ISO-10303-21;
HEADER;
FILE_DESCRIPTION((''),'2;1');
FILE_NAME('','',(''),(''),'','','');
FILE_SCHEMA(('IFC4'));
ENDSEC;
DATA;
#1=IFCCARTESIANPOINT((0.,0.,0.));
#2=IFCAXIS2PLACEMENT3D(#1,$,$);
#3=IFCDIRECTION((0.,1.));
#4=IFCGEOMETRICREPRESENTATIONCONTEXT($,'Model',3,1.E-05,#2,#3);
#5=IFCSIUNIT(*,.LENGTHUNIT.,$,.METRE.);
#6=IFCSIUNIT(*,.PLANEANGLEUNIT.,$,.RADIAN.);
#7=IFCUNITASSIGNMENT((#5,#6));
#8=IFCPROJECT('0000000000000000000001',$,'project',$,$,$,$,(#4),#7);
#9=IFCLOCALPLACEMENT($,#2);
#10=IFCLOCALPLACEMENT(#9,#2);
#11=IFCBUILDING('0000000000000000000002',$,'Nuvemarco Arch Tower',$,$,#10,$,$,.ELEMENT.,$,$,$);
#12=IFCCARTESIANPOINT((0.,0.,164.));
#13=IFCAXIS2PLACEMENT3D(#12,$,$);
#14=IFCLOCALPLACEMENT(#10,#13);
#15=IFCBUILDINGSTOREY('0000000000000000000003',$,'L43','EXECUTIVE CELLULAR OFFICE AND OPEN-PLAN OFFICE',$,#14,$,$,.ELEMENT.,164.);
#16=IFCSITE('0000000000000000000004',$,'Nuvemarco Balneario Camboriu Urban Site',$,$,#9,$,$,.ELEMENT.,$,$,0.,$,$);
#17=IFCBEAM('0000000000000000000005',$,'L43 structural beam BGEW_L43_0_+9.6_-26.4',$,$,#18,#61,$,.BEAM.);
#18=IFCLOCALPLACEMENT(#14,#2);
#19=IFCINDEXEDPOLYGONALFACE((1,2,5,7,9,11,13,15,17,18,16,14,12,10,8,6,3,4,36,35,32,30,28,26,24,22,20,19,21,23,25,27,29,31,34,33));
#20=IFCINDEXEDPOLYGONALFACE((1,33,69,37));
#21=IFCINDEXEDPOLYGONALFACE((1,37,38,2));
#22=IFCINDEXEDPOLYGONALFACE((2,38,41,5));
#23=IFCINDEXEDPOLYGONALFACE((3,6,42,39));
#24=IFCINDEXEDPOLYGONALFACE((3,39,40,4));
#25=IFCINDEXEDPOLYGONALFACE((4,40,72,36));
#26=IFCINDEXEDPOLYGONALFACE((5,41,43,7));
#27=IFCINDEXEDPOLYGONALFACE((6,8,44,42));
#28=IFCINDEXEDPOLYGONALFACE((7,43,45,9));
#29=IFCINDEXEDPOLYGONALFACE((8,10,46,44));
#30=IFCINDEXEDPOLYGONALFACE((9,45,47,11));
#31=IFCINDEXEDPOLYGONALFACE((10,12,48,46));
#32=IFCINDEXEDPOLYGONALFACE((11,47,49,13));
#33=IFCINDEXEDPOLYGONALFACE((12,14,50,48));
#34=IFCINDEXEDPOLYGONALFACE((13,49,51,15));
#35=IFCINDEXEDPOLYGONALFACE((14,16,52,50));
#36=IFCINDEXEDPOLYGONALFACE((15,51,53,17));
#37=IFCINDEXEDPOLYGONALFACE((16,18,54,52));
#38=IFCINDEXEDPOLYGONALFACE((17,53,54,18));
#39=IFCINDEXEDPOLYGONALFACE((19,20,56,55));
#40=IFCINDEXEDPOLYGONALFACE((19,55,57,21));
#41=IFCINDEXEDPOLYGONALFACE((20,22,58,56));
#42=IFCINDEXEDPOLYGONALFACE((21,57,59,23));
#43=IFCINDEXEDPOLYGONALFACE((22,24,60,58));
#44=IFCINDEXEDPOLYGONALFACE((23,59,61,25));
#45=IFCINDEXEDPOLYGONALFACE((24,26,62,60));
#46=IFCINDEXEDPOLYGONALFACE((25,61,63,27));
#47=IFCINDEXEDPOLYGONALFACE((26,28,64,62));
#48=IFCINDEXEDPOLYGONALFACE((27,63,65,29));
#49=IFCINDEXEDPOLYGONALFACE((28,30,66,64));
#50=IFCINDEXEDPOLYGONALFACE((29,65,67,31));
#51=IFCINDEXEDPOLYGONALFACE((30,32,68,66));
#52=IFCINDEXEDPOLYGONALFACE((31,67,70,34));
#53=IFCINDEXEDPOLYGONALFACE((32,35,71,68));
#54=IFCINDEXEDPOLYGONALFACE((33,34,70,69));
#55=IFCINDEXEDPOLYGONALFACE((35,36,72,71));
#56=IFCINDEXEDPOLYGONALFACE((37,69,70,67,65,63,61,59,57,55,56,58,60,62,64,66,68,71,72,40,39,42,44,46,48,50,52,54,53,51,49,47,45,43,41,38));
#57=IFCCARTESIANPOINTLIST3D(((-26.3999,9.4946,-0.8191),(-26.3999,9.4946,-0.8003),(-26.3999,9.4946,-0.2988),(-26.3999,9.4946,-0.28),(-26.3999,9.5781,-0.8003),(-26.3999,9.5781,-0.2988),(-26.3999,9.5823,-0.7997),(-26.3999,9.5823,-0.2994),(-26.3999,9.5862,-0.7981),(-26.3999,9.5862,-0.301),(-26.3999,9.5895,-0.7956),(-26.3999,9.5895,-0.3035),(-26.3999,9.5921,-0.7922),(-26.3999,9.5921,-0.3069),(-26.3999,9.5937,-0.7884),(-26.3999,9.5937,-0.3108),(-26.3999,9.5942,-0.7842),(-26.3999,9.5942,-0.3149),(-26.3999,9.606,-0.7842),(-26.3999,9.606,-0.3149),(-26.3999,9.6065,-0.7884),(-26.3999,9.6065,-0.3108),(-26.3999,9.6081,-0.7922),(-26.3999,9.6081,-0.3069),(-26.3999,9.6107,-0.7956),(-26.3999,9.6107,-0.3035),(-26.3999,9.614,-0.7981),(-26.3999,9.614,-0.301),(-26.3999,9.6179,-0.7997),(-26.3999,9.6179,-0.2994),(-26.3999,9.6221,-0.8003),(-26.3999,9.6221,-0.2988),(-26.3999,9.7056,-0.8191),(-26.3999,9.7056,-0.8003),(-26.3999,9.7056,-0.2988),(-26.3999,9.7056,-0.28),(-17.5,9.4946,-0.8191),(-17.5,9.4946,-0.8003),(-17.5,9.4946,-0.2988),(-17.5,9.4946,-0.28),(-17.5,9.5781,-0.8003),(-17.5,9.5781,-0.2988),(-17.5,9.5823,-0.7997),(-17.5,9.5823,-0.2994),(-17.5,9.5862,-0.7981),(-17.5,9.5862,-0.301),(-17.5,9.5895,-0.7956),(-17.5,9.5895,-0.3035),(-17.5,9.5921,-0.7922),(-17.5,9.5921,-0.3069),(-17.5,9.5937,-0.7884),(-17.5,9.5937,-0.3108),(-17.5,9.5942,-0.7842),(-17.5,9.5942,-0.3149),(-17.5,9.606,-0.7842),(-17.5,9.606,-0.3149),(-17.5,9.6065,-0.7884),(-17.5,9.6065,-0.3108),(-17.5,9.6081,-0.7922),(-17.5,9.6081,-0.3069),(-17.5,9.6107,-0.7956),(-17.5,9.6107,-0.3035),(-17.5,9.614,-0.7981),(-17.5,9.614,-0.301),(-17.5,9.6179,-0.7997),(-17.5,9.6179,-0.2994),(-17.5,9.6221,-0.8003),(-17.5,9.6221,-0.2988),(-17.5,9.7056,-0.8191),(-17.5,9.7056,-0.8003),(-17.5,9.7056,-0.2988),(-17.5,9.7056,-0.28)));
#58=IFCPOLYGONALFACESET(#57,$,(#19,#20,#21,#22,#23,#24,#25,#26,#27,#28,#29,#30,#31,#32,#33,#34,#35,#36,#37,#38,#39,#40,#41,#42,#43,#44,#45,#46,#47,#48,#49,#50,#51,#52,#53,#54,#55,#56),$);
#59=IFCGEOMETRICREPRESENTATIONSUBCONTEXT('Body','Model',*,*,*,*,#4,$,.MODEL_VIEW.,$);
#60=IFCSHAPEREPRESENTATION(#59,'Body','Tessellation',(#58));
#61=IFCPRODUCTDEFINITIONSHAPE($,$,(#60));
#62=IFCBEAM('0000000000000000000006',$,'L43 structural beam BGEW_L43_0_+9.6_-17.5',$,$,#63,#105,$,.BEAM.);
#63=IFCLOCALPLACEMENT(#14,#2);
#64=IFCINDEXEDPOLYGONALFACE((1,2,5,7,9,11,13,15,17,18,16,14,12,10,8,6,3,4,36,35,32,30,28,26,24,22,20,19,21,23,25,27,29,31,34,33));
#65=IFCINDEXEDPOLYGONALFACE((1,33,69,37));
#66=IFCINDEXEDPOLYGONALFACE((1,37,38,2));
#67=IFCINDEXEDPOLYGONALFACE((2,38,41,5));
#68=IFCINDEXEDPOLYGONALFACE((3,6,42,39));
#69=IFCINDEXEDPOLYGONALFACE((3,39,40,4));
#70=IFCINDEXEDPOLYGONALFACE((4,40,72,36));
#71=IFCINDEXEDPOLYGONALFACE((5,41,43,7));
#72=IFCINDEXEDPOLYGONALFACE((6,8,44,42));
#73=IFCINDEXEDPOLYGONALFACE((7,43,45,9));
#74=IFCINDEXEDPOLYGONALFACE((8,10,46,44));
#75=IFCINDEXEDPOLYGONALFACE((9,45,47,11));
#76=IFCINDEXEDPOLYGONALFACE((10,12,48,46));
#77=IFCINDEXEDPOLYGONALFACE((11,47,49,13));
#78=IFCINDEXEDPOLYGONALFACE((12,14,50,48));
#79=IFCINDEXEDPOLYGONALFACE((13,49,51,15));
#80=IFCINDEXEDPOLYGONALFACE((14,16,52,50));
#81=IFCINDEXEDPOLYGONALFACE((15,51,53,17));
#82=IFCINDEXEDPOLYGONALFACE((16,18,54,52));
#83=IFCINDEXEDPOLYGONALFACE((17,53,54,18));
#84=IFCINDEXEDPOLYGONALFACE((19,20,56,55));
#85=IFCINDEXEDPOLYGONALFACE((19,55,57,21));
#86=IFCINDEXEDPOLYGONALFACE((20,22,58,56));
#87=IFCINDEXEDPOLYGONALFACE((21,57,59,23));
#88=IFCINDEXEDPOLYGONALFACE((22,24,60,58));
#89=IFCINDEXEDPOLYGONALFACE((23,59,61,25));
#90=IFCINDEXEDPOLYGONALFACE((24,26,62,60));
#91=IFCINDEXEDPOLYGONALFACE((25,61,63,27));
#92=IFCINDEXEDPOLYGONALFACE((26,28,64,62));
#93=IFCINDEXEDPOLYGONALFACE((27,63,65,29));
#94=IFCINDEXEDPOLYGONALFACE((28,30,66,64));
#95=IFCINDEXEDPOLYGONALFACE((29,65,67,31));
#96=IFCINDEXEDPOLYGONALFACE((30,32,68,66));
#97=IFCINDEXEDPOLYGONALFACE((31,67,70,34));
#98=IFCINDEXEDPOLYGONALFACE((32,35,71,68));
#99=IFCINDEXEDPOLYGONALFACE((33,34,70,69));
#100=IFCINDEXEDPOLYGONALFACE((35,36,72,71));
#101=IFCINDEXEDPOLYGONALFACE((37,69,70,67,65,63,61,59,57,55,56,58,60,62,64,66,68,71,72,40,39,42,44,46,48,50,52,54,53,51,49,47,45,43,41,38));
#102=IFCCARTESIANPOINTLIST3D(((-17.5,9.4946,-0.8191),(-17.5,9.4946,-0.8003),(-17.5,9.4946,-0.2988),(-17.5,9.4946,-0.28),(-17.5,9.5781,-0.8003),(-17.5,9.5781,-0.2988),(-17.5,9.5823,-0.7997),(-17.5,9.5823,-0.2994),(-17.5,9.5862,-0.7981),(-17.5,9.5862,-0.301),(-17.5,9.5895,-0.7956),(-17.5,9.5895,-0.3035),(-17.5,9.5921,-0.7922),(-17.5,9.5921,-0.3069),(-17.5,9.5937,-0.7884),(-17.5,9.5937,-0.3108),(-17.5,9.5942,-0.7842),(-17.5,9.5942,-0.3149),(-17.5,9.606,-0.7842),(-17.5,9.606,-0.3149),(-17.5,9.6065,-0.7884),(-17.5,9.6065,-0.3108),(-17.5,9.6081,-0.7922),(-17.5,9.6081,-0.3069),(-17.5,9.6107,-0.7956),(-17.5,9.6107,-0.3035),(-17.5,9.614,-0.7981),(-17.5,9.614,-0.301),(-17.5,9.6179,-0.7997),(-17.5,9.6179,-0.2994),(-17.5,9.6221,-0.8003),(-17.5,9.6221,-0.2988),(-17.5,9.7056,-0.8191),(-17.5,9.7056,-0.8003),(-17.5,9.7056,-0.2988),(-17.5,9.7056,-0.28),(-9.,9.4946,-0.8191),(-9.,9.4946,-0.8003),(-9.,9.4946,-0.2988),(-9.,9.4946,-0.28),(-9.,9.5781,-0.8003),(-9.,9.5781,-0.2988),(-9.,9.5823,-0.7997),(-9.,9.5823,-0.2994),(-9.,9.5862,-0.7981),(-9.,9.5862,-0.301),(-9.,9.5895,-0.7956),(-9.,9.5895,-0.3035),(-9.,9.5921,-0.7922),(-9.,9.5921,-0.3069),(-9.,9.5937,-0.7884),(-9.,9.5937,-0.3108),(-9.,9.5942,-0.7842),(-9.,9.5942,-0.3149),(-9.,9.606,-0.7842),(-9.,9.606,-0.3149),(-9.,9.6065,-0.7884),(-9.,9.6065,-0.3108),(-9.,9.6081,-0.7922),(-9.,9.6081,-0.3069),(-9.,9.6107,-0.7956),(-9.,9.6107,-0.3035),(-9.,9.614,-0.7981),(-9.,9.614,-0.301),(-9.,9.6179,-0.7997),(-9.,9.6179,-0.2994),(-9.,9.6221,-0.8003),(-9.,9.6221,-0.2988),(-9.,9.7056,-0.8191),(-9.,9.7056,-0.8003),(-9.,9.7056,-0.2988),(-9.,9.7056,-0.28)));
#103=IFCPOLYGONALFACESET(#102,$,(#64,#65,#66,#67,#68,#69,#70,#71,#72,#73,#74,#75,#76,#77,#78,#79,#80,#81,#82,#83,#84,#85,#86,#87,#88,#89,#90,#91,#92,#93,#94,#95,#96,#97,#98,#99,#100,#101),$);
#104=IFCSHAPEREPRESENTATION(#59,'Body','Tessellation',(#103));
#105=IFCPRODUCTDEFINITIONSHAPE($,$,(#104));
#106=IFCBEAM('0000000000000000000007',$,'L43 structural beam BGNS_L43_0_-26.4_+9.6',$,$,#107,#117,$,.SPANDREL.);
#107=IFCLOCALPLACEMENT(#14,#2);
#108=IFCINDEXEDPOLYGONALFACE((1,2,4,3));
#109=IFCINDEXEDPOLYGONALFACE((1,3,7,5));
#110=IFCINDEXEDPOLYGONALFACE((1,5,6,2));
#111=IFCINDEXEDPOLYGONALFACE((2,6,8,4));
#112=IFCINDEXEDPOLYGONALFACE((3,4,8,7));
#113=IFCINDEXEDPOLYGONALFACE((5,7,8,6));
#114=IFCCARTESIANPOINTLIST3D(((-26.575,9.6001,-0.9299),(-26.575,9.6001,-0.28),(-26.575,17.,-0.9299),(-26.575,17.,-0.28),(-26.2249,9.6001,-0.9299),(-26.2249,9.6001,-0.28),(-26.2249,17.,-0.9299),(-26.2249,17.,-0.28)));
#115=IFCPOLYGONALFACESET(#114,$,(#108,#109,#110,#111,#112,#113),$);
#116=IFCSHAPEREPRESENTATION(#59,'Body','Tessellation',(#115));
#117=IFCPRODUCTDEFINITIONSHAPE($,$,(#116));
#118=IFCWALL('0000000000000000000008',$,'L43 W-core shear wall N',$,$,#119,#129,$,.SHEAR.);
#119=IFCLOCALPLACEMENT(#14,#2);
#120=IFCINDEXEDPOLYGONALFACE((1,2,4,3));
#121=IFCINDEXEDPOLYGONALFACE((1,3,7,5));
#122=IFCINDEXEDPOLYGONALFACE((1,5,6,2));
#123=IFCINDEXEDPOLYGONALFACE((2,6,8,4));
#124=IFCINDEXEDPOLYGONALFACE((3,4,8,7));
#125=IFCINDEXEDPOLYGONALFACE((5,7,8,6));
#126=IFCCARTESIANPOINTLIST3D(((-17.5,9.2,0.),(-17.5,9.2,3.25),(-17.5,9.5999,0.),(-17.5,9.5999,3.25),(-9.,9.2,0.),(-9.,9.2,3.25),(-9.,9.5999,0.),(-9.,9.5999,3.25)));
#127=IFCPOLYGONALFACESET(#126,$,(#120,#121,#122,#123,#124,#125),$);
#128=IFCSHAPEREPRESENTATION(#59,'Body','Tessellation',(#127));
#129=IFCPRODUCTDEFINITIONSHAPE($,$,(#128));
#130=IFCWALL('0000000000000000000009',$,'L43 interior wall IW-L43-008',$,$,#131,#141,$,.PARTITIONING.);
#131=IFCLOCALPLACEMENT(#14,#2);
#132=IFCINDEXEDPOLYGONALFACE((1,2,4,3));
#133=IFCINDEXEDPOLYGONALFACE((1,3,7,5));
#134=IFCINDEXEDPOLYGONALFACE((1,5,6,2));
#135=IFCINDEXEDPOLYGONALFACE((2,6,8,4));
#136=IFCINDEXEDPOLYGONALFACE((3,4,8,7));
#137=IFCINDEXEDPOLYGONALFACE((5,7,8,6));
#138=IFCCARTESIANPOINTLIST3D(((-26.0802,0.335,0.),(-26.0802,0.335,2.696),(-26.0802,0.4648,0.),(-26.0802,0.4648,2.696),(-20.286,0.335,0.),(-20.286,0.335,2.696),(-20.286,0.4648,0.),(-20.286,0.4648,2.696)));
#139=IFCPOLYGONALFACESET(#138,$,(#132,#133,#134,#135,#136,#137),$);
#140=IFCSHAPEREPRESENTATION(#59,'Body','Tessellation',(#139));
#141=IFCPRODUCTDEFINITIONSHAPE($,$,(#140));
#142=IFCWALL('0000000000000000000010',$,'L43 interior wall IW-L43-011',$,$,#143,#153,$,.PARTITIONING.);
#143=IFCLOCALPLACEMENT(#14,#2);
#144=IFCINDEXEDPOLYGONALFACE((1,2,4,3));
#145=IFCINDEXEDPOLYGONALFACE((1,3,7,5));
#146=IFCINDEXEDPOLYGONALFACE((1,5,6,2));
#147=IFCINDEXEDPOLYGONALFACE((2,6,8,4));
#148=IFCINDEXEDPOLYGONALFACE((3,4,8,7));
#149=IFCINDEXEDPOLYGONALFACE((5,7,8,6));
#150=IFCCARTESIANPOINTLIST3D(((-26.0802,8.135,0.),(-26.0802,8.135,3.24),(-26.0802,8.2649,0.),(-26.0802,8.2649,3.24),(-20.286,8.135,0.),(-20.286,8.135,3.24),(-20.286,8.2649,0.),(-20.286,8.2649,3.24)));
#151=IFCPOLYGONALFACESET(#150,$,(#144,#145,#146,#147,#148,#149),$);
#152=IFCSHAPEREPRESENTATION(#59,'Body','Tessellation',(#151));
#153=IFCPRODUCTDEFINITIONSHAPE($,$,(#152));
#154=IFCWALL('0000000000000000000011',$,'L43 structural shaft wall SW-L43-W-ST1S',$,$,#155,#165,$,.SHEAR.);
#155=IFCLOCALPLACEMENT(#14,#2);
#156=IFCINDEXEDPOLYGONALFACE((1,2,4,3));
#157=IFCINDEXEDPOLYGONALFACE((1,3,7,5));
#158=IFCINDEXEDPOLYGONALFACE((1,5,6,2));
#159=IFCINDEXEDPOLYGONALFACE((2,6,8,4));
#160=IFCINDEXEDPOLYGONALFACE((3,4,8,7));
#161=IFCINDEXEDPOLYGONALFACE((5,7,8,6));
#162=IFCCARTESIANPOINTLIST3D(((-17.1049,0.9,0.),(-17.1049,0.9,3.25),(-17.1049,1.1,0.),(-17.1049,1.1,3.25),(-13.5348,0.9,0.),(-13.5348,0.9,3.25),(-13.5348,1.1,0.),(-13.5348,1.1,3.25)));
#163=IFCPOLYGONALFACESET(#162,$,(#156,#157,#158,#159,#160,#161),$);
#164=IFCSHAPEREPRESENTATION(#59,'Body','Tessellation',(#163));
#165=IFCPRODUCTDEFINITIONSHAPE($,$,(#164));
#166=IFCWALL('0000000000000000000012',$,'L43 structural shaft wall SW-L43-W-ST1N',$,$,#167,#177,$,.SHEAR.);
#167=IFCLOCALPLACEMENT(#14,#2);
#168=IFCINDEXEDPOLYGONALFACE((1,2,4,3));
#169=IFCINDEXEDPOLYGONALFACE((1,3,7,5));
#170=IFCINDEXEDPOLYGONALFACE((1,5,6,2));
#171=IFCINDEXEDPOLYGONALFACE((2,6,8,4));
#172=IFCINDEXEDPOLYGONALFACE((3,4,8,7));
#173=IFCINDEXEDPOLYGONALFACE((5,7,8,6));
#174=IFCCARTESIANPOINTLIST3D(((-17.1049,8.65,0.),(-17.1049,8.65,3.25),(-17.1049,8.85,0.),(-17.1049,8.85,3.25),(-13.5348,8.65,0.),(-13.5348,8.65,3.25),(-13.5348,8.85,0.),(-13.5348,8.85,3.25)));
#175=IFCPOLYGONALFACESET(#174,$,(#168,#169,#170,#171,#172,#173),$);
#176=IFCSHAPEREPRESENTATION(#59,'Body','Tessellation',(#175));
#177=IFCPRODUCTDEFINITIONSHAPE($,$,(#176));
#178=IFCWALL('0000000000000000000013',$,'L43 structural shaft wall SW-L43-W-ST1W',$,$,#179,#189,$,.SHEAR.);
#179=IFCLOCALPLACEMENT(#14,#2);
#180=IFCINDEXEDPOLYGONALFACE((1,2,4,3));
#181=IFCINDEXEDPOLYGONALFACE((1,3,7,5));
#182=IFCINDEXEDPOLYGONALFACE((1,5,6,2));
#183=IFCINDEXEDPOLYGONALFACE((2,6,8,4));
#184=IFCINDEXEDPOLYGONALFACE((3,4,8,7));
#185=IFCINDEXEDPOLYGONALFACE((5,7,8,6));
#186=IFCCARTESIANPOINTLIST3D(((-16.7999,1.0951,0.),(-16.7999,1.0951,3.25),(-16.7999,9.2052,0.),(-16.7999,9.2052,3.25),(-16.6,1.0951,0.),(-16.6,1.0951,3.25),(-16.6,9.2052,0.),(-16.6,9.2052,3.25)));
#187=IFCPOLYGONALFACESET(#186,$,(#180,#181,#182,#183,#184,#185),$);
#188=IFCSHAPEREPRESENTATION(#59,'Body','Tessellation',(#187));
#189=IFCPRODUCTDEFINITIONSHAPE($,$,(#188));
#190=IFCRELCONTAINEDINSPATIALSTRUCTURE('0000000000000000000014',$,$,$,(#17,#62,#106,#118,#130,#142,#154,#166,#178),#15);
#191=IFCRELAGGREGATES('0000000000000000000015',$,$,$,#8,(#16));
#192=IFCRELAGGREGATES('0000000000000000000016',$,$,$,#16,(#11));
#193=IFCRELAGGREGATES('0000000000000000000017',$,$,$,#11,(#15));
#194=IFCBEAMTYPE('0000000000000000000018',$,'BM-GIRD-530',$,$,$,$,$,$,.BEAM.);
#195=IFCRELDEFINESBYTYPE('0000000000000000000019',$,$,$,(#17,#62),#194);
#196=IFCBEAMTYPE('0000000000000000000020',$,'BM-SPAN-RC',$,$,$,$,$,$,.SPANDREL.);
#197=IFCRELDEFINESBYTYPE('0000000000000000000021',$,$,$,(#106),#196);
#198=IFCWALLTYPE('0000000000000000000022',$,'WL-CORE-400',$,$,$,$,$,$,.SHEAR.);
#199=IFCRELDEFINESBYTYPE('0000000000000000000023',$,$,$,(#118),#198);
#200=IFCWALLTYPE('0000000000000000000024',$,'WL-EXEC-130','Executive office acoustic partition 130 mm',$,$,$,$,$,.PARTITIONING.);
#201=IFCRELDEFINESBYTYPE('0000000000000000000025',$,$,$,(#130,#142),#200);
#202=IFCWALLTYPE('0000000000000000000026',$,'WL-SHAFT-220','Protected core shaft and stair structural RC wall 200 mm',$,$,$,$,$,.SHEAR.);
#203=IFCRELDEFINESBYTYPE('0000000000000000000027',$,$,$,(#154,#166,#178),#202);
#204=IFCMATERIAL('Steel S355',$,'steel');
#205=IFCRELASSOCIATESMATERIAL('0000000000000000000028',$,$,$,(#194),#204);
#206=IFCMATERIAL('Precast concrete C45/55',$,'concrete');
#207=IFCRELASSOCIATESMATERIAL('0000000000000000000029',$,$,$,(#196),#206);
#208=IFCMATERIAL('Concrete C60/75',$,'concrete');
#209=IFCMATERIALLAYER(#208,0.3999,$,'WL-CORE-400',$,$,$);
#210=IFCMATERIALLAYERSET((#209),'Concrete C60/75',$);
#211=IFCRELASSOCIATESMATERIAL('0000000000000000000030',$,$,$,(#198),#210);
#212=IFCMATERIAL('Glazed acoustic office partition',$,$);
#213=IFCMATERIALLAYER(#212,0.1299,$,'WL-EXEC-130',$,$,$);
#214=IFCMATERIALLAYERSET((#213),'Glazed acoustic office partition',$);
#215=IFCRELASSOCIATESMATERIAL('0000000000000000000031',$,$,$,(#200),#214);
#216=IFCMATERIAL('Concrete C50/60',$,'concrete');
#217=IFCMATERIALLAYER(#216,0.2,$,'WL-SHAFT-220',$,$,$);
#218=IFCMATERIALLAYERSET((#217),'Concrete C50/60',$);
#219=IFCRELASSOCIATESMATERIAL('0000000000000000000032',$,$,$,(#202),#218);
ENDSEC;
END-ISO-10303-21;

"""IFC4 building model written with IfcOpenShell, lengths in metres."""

from ifc_helpers import new_model, si_unit, direction, frame, frame_2d, origin, origin_2d, place, context, subcontext, project, spatial, rectangle, i_section, extrude, material, layer, layer_set, material_profile, profile_set, type_object, element, save


model = new_model("IFC4")

# Units and contexts
model_context = context("Model", 3, precision=1e-05, world=origin(), true_north=direction((0.0, 1.0)))
body_context = subcontext(model_context, "Body", "Model", "MODEL_VIEW")
ifc_project = project(units=[si_unit("LENGTHUNIT", "METRE"), si_unit("PLANEANGLEUNIT", "RADIAN")], contexts=[model_context])

# Site, building, storey
site_placement = place(None, origin())
site = spatial("IfcSite", under=ifc_project, at=site_placement, Name="Nuvemarco Balneario Camboriu Urban Site", CompositionType="ELEMENT", RefElevation=0.0)
building_placement = place(site_placement, origin())
building = spatial("IfcBuilding", under=site, at=building_placement, Name="Nuvemarco Arch Tower", CompositionType="ELEMENT")
storey_placement = place(building_placement, frame((0.0, 0.0, 164.0)))
storey = spatial("IfcBuildingStorey", under=building, at=storey_placement, Name="L43", Description="EXECUTIVE CELLULAR OFFICE AND OPEN-PLAN OFFICE", CompositionType="ELEMENT", Elevation=164.0)

# Shared definitions
ifc_material_1 = material(Name="Concrete C50/60", Category="concrete")
ifc_material_2 = material(Name="Steel S355", Category="steel")

# Beams
ifc_material_profile_1 = material_profile(ifc_material_2, i_section(OverallWidth=0.2109, OverallDepth=0.5391, WebThickness=0.0117, FlangeThickness=0.0188, FilletRadius=0.0161, at=origin_2d()), Name="W530x109")
ifc_profile_set_1 = profile_set([ifc_material_profile_1], Name="Steel S355")
beam_type_1 = type_object("IfcBeamType", Name="BM-GIRD-530", PredefinedType="BEAM", material=ifc_profile_set_1)
beam_1_placement = place(storey_placement, frame((-26.3999, 9.6001, -0.5496), z_axis=(1.0, 0.0, 0.0), x_axis=(0.0, 1.0, 0.0)))
element("IfcBeam", 1, at=beam_1_placement, inside=storey, type_object=beam_type_1, Name="L43 structural beam BGEW_L43_0_+9.6_-26.4", PredefinedType="BEAM", context=body_context, shape_type="SweptSolid", body=[
    extrude(i_section(OverallWidth=0.2109, OverallDepth=0.5391, WebThickness=0.0117, FlangeThickness=0.0188, FilletRadius=0.0161, at=origin_2d()), origin(), (0.0, 0.0, 1.0), 8.8999),
])
beam_2_placement = place(storey_placement, frame((-17.5, 9.6001, -0.5496), z_axis=(1.0, 0.0, 0.0), x_axis=(0.0, 1.0, 0.0)))
element("IfcBeam", 2, at=beam_2_placement, inside=storey, type_object=beam_type_1, Name="L43 structural beam BGEW_L43_0_+9.6_-17.5", PredefinedType="BEAM", context=body_context, shape_type="SweptSolid", body=[
    extrude(i_section(OverallWidth=0.2109, OverallDepth=0.5391, WebThickness=0.0117, FlangeThickness=0.0188, FilletRadius=0.0161, at=origin_2d()), origin(), (0.0, 0.0, 1.0), 8.5),
])
ifc_material_3 = material(Name="Precast concrete C45/55", Category="concrete")
ifc_material_profile_2 = material_profile(ifc_material_3, rectangle(XDim=0.3501, YDim=0.6499, at=origin_2d()), Name="PC-SP-350x650")
ifc_profile_set_2 = profile_set([ifc_material_profile_2], Name="Precast concrete C45/55")
beam_type_2 = type_object("IfcBeamType", Name="BM-SPAN-RC", PredefinedType="SPANDREL", material=ifc_profile_set_2)
beam_3_placement = place(storey_placement, frame((-26.3999, 9.6001, -0.605), z_axis=(0.0, 1.0, 0.0), x_axis=(-1.0, 0.0, 0.0)))
element("IfcBeam", 3, at=beam_3_placement, inside=storey, type_object=beam_type_2, Name="L43 structural beam BGNS_L43_0_-26.4_+9.6", PredefinedType="SPANDREL", context=body_context, shape_type="SweptSolid", body=[
    extrude(rectangle(XDim=0.3501, YDim=0.6499, at=origin_2d()), origin(), (0.0, 0.0, 1.0), 7.3999),
])

# Walls
ifc_material_4 = material(Name="Concrete C60/75", Category="concrete")
ifc_layer_1 = layer(ifc_material_4, 0.3999, Name="WL-CORE-400")
ifc_layer_set_1 = layer_set([ifc_layer_1], Name="Concrete C60/75")
wall_type_1 = type_object("IfcWallType", Name="WL-CORE-400", PredefinedType="SHEAR", material=ifc_layer_set_1)
wall_1_placement = place(storey_placement, frame((-17.5, 9.3999, 0.0), z_axis=(0.0, 0.0, 1.0), x_axis=(1.0, 0.0, 0.0)))
element("IfcWall", 4, at=wall_1_placement, inside=storey, type_object=wall_type_1, Name="L43 W-core shear wall N", PredefinedType="SHEAR", context=body_context, shape_type="SweptSolid", body=[
    extrude(rectangle(XDim=8.5, YDim=0.3999, at=frame_2d((4.25, 0.0))), origin(), (0.0, 0.0, 1.0), 3.25),
])
ifc_material_5 = material(Name="Glazed acoustic office partition")
ifc_layer_2 = layer(ifc_material_5, 0.1299, Name="WL-EXEC-130")
ifc_layer_set_2 = layer_set([ifc_layer_2], Name="Glazed acoustic office partition")
wall_type_2 = type_object("IfcWallType", Name="WL-EXEC-130", Description="Executive office acoustic partition 130 mm", PredefinedType="PARTITIONING", material=ifc_layer_set_2)
wall_2_placement = place(storey_placement, frame((-26.0801, 0.3999, 0.0), z_axis=(0.0, 0.0, 1.0), x_axis=(1.0, 0.0, 0.0)))
element("IfcWall", 5, at=wall_2_placement, inside=storey, type_object=wall_type_2, Name="L43 interior wall IW-L43-008", PredefinedType="PARTITIONING", context=body_context, shape_type="SweptSolid", body=[
    extrude(rectangle(XDim=5.7942, YDim=0.1299, at=frame_2d((2.897, 0.0))), origin(), (0.0, 0.0, 1.0), 2.696),
])
wall_3_placement = place(storey_placement, frame((-26.0801, 8.2, 0.0), z_axis=(0.0, 0.0, 1.0), x_axis=(1.0, 0.0, 0.0)))
element("IfcWall", 6, at=wall_3_placement, inside=storey, type_object=wall_type_2, Name="L43 interior wall IW-L43-011", PredefinedType="PARTITIONING", context=body_context, shape_type="SweptSolid", body=[
    extrude(rectangle(XDim=5.7942, YDim=0.1299, at=frame_2d((2.897, 0.0))), origin(), (0.0, 0.0, 1.0), 3.24),
])
ifc_layer_3 = layer(ifc_material_1, 0.2, Name="WL-SHAFT-220")
ifc_layer_set_3 = layer_set([ifc_layer_3], Name="Concrete C50/60")
wall_type_3 = type_object("IfcWallType", Name="WL-SHAFT-220", Description="Protected core shaft and stair structural RC wall 200 mm", PredefinedType="SHEAR", material=ifc_layer_set_3)
for number, where, z_axis, x_axis, name in (
    (7, (-17.105, 1.0, 0.0), (0.0, 0.0, 1.0), (1.0, 0.0, 0.0), "L43 structural shaft wall SW-L43-W-ST1S"),
    (8, (-17.105, 8.75, 0.0), (0.0, 0.0, 1.0), (1.0, 0.0, 0.0), "L43 structural shaft wall SW-L43-W-ST1N"),
):
    element("IfcWall", number, at=place(storey_placement, frame(where, z_axis=z_axis, x_axis=x_axis)), inside=storey, type_object=wall_type_3, Name=name, PredefinedType="SHEAR", context=body_context, shape_type="SweptSolid", body=[
        extrude(rectangle(XDim=3.5701, YDim=0.2, at=frame_2d((1.7852, 0.0))), origin(), (0.0, 0.0, 1.0), 3.25),
    ])
wall_4_placement = place(storey_placement, frame((-16.7, 1.095, 0.0), z_axis=(0.0, 0.0, 1.0), x_axis=(0.0, 1.0, 0.0)))
element("IfcWall", 9, at=wall_4_placement, inside=storey, type_object=wall_type_3, Name="L43 structural shaft wall SW-L43-W-ST1W", PredefinedType="SHEAR", context=body_context, shape_type="SweptSolid", body=[
    extrude(rectangle(XDim=8.1101, YDim=0.2, at=frame_2d((4.0552, 0.0))), origin(), (0.0, 0.0, 1.0), 3.25),
])

save(model, "model.ifc")
